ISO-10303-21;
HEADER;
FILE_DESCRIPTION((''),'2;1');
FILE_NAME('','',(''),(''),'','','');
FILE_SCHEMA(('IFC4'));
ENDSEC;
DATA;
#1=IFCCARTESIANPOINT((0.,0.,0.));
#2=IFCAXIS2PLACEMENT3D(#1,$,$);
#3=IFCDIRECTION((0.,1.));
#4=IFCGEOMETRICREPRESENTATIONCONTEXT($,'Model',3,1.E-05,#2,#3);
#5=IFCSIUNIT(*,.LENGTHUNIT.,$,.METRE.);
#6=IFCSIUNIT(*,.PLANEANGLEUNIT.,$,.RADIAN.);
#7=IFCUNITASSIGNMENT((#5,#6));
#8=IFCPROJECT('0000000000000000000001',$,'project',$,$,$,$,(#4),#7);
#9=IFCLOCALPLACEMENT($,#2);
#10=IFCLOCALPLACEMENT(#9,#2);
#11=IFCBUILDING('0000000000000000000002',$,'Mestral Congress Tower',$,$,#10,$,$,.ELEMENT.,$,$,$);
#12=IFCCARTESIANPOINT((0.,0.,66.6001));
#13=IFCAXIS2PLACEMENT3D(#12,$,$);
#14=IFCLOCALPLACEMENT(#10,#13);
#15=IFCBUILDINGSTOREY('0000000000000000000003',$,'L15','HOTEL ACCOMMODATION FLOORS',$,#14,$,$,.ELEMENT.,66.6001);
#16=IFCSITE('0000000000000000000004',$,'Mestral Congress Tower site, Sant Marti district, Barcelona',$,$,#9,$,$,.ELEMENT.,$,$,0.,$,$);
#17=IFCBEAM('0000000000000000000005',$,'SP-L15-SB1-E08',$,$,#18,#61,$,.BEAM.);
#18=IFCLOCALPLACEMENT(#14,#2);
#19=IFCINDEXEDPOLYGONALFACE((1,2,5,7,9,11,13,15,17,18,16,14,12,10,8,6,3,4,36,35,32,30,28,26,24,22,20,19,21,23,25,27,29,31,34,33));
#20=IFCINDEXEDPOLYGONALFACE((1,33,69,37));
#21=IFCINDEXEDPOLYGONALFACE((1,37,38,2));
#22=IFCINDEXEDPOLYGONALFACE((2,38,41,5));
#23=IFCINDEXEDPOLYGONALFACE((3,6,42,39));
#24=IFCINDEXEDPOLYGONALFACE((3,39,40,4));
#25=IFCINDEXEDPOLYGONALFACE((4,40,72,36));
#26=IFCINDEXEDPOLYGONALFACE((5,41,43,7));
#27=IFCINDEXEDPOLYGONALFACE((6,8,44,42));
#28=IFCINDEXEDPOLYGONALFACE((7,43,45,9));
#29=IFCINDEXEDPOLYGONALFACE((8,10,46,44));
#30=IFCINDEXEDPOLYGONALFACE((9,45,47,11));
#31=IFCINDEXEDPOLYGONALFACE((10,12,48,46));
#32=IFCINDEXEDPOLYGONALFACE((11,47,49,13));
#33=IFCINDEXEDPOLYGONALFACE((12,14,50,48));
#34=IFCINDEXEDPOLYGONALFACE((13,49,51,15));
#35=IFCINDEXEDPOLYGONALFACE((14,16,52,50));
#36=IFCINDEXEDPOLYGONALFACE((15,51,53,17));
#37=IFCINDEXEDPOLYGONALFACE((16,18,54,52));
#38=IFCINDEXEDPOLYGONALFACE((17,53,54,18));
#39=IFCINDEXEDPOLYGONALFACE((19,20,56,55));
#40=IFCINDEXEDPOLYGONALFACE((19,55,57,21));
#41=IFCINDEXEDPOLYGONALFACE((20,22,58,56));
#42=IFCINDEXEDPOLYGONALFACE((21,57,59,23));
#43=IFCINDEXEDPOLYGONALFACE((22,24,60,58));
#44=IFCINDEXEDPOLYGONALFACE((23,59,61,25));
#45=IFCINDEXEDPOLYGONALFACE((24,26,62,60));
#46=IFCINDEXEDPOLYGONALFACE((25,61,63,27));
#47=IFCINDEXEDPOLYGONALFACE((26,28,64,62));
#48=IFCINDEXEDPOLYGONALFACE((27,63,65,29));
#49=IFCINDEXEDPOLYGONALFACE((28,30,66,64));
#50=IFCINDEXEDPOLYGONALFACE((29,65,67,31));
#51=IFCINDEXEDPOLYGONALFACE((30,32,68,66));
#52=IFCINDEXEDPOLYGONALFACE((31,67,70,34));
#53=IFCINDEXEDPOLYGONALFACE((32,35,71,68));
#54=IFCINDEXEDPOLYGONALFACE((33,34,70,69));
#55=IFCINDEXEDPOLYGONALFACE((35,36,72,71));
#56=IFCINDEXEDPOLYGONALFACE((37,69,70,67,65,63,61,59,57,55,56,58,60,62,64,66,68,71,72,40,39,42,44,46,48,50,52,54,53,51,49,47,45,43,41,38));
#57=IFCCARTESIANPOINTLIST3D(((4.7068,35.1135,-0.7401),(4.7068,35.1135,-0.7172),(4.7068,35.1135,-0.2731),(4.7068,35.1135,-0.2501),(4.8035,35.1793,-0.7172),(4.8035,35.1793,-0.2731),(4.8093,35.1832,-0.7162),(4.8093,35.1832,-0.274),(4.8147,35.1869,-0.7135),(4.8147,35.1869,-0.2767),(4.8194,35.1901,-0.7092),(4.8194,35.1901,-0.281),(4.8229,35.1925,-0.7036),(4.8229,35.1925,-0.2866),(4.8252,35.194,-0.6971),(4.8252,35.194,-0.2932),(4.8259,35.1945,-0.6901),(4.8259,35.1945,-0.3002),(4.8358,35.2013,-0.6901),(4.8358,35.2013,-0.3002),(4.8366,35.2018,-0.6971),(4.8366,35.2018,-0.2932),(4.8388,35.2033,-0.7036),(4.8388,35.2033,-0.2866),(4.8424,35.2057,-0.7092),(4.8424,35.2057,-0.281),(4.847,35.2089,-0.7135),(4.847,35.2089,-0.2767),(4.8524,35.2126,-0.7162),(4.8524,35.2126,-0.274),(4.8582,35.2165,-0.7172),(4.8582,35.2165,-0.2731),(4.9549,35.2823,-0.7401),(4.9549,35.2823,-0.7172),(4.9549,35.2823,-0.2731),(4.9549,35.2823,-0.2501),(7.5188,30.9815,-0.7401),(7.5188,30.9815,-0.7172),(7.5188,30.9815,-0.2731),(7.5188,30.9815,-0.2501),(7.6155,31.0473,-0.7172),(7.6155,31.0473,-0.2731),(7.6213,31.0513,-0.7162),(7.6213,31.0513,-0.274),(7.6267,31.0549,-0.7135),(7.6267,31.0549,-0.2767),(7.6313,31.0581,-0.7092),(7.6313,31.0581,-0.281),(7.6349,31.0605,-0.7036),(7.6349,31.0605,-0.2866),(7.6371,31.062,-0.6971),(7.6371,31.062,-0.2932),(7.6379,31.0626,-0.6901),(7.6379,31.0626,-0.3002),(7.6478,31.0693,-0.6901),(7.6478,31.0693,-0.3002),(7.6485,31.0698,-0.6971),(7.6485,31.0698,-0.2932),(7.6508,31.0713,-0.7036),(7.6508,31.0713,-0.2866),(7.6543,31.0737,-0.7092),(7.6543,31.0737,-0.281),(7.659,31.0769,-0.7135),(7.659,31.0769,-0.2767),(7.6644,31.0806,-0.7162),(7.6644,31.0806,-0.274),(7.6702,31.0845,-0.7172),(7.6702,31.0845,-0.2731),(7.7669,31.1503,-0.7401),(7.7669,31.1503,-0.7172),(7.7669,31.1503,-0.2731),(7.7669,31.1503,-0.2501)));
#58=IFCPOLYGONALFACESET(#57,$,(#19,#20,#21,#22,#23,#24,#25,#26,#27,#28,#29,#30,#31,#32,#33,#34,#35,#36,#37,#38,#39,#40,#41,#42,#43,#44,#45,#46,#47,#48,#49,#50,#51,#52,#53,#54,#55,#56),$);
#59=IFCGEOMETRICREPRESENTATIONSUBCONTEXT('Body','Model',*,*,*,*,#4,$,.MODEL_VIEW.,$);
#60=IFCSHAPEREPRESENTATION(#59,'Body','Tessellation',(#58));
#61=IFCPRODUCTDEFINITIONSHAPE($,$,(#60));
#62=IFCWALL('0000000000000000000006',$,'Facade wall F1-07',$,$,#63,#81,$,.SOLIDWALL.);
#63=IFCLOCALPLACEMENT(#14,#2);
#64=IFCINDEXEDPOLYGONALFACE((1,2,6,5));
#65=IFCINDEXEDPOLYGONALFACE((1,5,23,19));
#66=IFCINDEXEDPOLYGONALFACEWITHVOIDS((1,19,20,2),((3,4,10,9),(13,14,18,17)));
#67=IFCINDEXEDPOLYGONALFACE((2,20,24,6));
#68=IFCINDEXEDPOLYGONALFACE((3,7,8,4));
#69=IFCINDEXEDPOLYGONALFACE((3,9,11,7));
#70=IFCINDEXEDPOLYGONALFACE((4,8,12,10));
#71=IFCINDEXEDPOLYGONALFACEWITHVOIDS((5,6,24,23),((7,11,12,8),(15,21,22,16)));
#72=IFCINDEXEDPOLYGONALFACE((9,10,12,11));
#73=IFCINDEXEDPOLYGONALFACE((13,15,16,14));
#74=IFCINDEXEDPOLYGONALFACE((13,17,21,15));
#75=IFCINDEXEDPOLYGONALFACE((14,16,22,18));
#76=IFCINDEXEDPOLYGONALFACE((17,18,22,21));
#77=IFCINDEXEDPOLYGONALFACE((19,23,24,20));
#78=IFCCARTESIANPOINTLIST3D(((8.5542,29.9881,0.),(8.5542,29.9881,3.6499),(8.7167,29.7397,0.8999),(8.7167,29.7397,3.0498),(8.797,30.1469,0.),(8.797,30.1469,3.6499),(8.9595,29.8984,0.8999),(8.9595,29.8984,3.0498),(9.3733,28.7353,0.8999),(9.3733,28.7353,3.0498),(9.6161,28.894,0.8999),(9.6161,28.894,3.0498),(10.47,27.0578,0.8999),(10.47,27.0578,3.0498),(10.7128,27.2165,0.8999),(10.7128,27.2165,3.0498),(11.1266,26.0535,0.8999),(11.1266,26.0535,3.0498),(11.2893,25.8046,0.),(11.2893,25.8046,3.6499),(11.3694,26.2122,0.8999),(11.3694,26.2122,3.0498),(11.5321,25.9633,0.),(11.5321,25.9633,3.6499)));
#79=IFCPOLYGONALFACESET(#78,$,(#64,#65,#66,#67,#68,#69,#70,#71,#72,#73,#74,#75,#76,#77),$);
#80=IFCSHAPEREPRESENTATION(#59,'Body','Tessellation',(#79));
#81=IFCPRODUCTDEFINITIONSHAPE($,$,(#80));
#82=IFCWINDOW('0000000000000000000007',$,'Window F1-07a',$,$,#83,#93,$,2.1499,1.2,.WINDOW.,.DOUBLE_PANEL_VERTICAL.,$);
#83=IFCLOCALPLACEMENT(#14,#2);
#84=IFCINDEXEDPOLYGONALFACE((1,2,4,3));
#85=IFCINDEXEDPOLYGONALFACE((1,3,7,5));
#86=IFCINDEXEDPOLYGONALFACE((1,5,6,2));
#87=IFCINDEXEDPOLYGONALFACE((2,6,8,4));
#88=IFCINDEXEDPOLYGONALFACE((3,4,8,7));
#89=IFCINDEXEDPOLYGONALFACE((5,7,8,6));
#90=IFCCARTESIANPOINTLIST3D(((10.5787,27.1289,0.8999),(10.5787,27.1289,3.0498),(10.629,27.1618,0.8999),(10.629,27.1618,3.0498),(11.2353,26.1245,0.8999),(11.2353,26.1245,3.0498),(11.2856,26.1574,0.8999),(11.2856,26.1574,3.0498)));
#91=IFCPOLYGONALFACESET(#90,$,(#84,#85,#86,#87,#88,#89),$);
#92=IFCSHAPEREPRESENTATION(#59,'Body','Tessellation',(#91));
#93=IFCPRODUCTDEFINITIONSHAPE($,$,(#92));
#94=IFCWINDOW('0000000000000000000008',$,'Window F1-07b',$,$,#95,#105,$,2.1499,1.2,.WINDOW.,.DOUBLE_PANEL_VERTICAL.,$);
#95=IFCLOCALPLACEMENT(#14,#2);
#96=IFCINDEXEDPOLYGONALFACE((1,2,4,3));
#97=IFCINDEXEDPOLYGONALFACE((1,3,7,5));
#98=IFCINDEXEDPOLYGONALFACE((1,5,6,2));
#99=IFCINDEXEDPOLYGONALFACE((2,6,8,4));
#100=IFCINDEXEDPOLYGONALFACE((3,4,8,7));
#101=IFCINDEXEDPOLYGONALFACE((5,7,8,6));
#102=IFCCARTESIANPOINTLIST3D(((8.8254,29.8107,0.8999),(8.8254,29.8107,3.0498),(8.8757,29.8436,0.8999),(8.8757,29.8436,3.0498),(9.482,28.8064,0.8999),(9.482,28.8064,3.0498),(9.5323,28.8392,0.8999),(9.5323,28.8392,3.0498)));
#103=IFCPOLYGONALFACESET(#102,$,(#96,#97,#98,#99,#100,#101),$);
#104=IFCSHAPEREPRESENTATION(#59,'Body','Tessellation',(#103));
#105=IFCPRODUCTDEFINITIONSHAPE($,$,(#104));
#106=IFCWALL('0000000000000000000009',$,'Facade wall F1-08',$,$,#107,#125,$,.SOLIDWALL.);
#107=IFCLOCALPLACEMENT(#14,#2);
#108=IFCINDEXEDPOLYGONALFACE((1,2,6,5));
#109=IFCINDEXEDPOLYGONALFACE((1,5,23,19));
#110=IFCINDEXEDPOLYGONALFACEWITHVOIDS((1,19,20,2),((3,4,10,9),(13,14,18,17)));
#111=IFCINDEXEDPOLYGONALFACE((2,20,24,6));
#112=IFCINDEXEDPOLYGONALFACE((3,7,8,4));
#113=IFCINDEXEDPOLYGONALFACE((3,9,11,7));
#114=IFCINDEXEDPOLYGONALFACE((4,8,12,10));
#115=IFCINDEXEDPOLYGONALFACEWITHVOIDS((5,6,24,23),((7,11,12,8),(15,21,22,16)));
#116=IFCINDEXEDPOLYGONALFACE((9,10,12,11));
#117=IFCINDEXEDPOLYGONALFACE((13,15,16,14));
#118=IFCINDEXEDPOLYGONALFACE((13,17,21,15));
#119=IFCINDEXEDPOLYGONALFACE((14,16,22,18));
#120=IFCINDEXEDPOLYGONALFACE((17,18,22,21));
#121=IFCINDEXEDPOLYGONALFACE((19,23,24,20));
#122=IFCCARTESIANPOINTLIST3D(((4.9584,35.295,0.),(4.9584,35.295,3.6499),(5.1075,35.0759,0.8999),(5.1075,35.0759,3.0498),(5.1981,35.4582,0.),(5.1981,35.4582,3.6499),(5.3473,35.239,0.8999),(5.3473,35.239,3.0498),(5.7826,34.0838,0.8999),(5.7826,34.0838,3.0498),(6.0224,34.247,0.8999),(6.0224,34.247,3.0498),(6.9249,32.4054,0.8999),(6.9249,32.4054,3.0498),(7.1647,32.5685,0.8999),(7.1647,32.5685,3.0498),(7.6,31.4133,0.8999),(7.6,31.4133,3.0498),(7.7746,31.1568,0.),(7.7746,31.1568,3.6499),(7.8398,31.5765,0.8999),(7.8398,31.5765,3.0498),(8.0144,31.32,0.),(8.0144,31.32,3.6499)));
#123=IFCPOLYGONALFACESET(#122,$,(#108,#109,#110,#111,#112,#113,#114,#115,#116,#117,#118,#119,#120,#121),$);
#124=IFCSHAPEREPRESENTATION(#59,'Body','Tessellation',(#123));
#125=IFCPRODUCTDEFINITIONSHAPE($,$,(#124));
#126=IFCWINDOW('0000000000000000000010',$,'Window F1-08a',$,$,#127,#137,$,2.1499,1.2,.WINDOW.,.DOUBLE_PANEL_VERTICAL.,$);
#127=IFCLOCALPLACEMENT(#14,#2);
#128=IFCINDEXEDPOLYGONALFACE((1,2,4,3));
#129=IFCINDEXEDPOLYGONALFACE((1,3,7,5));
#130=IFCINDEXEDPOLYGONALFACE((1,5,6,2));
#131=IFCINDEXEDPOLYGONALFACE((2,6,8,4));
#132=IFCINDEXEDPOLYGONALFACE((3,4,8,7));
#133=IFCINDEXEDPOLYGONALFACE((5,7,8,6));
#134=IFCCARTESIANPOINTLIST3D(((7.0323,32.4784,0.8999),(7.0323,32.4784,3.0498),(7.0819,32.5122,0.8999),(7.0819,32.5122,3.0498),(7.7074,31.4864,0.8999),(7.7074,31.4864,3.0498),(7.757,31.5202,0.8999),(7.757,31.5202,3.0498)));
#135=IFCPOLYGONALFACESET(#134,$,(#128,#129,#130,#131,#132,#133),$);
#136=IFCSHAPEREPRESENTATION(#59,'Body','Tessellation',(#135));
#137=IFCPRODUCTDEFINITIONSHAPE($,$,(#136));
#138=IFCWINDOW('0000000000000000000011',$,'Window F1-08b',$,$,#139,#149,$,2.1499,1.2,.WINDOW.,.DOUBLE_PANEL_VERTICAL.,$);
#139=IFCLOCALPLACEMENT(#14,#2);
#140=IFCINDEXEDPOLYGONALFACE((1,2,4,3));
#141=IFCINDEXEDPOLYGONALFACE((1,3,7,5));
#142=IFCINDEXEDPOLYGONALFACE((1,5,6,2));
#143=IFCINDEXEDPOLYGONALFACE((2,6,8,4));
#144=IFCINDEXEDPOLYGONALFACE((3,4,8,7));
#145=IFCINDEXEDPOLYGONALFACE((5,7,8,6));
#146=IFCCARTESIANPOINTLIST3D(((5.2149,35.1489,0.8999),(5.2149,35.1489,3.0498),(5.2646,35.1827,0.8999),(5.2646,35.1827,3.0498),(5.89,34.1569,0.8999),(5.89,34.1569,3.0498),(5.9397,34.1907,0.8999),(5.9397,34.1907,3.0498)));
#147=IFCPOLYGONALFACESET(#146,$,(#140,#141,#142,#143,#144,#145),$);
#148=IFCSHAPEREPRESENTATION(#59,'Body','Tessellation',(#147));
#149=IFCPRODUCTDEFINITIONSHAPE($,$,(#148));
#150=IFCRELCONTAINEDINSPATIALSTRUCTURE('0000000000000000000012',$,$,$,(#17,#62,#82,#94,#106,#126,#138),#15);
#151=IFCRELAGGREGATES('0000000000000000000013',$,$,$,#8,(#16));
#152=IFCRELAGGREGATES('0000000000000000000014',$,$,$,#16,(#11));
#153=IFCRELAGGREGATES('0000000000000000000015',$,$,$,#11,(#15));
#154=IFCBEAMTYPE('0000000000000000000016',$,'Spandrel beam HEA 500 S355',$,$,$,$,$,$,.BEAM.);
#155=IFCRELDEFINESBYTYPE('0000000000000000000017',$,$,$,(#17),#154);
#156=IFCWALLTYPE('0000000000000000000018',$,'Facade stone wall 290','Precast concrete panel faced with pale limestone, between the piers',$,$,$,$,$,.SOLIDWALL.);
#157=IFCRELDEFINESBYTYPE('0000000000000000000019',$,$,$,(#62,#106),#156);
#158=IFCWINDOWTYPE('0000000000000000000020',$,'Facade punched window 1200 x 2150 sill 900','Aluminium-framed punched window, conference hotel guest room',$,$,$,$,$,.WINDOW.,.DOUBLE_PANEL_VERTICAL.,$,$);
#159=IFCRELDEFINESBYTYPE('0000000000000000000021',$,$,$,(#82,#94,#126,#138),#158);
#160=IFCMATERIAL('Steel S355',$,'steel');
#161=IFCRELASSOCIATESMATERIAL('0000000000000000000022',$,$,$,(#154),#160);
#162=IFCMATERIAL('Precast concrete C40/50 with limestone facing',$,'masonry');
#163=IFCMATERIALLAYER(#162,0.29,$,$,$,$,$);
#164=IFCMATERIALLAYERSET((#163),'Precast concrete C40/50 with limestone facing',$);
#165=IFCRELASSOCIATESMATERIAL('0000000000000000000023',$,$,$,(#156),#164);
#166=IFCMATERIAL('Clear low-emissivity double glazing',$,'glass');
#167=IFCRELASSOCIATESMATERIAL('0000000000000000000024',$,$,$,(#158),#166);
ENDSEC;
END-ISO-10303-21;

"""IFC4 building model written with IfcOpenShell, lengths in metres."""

from ifc_helpers import new_model, si_unit, direction, frame, frame_2d, origin, origin_2d, place, context, subcontext, project, spatial, rectangle, i_section, extrude, material, layer, layer_set, material_profile, profile_set, type_object, element, fill, save


model = new_model("IFC4")

# Units and contexts
model_context = context("Model", 3, precision=1e-05, world=origin(), true_north=direction((0.0, 1.0)))
body_context = subcontext(model_context, "Body", "Model", "MODEL_VIEW")
ifc_project = project(units=[si_unit("LENGTHUNIT", "METRE"), si_unit("PLANEANGLEUNIT", "RADIAN")], contexts=[model_context])

# Site, building, storey
site_placement = place(None, origin())
site = spatial("IfcSite", under=ifc_project, at=site_placement, Name="Mestral Congress Tower site, Sant Marti district, Barcelona", CompositionType="ELEMENT", RefElevation=0.0)
building_placement = place(site_placement, origin())
building = spatial("IfcBuilding", under=site, at=building_placement, Name="Mestral Congress Tower", CompositionType="ELEMENT")
storey_placement = place(building_placement, frame((0.0, 0.0, 66.6001)))
storey = spatial("IfcBuildingStorey", under=building, at=storey_placement, Name="L15", Description="HOTEL ACCOMMODATION FLOORS", CompositionType="ELEMENT", Elevation=66.6001)

# Beam
ifc_material_1 = material(Name="Steel S355", Category="steel")
ifc_material_profile_1 = material_profile(ifc_material_1, i_section(OverallWidth=0.3, OverallDepth=0.49, WebThickness=0.012, FlangeThickness=0.0229, FilletRadius=0.0271, at=origin_2d()), Name="HEA 500")
ifc_profile_set_1 = profile_set([ifc_material_profile_1], Name="Steel S355")
beam_type_1 = type_object("IfcBeamType", Name="Spandrel beam HEA 500 S355", PredefinedType="BEAM", material=ifc_profile_set_1)
beam_1_placement = place(storey_placement, frame((7.6428, 31.0659, -0.4951), z_axis=(-0.562611, 0.826722, 0.0), x_axis=(-0.826722, -0.562611, 0.0)))
element("IfcBeam", 1, at=beam_1_placement, inside=storey, type_object=beam_type_1, Name="SP-L15-SB1-E08", PredefinedType="BEAM", context=body_context, shape_type="SweptSolid", body=[
    extrude(i_section(OverallWidth=0.3, OverallDepth=0.49, WebThickness=0.012, FlangeThickness=0.0229, FilletRadius=0.0271, at=origin_2d()), origin(), (0.0, 0.0, 1.0), 4.998),
])

# Walls, openings, windows
ifc_material_2 = material(Name="Precast concrete C40/50 with limestone facing", Category="masonry")
ifc_layer_1 = layer(ifc_material_2, 0.29)
ifc_layer_set_1 = layer_set([ifc_layer_1], Name="Precast concrete C40/50 with limestone facing")
wall_type_1 = type_object("IfcWallType", Name="Facade stone wall 290", Description="Precast concrete panel faced with pale limestone, between the piers", PredefinedType="SOLIDWALL", material=ifc_layer_set_1)
wall_1_placement = place(storey_placement, frame((11.4106, 25.884, 0.0), z_axis=(0.0, 0.0, 1.0), x_axis=(-0.547205, 0.836999, 0.0)))
wall_1 = element("IfcWall", 2, at=wall_1_placement, inside=storey, type_object=wall_type_1, Name="Facade wall F1-07", PredefinedType="SOLIDWALL", context=body_context, shape_type="SweptSolid", body=[
    extrude(rectangle(XDim=4.9983, YDim=0.29, at=frame_2d((2.499, 0.0))), origin(), (0.0, 0.0, 1.0), 3.6499),
])
opening_1_placement = place(wall_1_placement, frame((0.2971, 0.0, 0.8999)))
opening_1 = element("IfcOpeningElement", 3, at=opening_1_placement, cuts=wall_1, PredefinedType="OPENING", context=body_context, shape_type="SweptSolid", body=[
    extrude(rectangle(XDim=1.2, YDim=2.1499, at=frame_2d((0.6001, 1.075))), frame((0.0, 0.155, 0.0), z_axis=(0.0, -1.0, 0.0), x_axis=(1.0, 0.0, 0.0)), (0.0, 0.0, 1.0), 0.3101),
])
opening_2_placement = place(wall_1_placement, frame((3.5012, 0.0, 0.8999)))
opening_2 = element("IfcOpeningElement", 4, at=opening_2_placement, cuts=wall_1, PredefinedType="OPENING", context=body_context, shape_type="SweptSolid", body=[
    extrude(rectangle(XDim=1.2, YDim=2.1499, at=frame_2d((0.6001, 1.075))), frame((0.0, 0.155, 0.0), z_axis=(0.0, -1.0, 0.0), x_axis=(1.0, 0.0, 0.0)), (0.0, 0.0, 1.0), 0.3101),
])
ifc_material_3 = material(Name="Clear low-emissivity double glazing", Category="glass")
window_type = type_object("IfcWindowType", Name="Facade punched window 1200 x 2150 sill 900", Description="Aluminium-framed punched window, conference hotel guest room", PartitioningType="DOUBLE_PANEL_VERTICAL", PredefinedType="WINDOW", material=ifc_material_3)
window_1_placement = place(opening_1_placement, origin())
window_1 = element("IfcWindow", 5, at=window_1_placement, inside=storey, type_object=window_type, Name="Window F1-07a", OverallHeight=2.1499, OverallWidth=1.2, PartitioningType="DOUBLE_PANEL_VERTICAL", PredefinedType="WINDOW", context=body_context, shape_type="SweptSolid", body=[
    extrude(rectangle(XDim=1.2, YDim=2.1499, at=frame_2d((0.6001, 1.075))), frame((0.0, 0.0151, 0.0), z_axis=(0.0, -1.0, 0.0), x_axis=(1.0, 0.0, 0.0)), (0.0, 0.0, 1.0), 0.0601),
])
fill(opening_1, window_1)
window_2_placement = place(opening_2_placement, origin())
window_2 = element("IfcWindow", 6, at=window_2_placement, inside=storey, type_object=window_type, Name="Window F1-07b", OverallHeight=2.1499, OverallWidth=1.2, PartitioningType="DOUBLE_PANEL_VERTICAL", PredefinedType="WINDOW", context=body_context, shape_type="SweptSolid", body=[
    extrude(rectangle(XDim=1.2, YDim=2.1499, at=frame_2d((0.6001, 1.075))), frame((0.0, 0.0151, 0.0), z_axis=(0.0, -1.0, 0.0), x_axis=(1.0, 0.0, 0.0)), (0.0, 0.0, 1.0), 0.0601),
])
fill(opening_2, window_2)
wall_2_placement = place(storey_placement, frame((7.8945, 31.2383, 0.0), z_axis=(0.0, 0.0, 1.0), x_axis=(-0.56261, 0.826722, 0.0)))
wall_2 = element("IfcWall", 7, at=wall_2_placement, inside=storey, type_object=wall_type_1, Name="Facade wall F1-08", PredefinedType="SOLIDWALL", context=body_context, shape_type="SweptSolid", body=[
    extrude(rectangle(XDim=5.0056, YDim=0.29, at=frame_2d((2.5029, 0.0))), origin(), (0.0, 0.0, 1.0), 3.6499),
])
opening_3_placement = place(wall_2_placement, frame((0.3103, 0.0, 0.8999)))
opening_3 = element("IfcOpeningElement", 8, at=opening_3_placement, cuts=wall_2, PredefinedType="OPENING", context=body_context, shape_type="SweptSolid", body=[
    extrude(rectangle(XDim=1.2, YDim=2.1499, at=frame_2d((0.6001, 1.075))), frame((0.0, 0.155, 0.0), z_axis=(0.0, -1.0, 0.0), x_axis=(1.0, 0.0, 0.0)), (0.0, 0.0, 1.0), 0.3101),
])
opening_4_placement = place(wall_2_placement, frame((3.5405, 0.0, 0.8999)))
opening_4 = element("IfcOpeningElement", 9, at=opening_4_placement, cuts=wall_2, PredefinedType="OPENING", context=body_context, shape_type="SweptSolid", body=[
    extrude(rectangle(XDim=1.2, YDim=2.1499, at=frame_2d((0.6001, 1.075))), frame((0.0, 0.155, 0.0), z_axis=(0.0, -1.0, 0.0), x_axis=(1.0, 0.0, 0.0)), (0.0, 0.0, 1.0), 0.3101),
])
window_3_placement = place(opening_3_placement, origin())
window_3 = element("IfcWindow", 10, at=window_3_placement, inside=storey, type_object=window_type, Name="Window F1-08a", OverallHeight=2.1499, OverallWidth=1.2, PartitioningType="DOUBLE_PANEL_VERTICAL", PredefinedType="WINDOW", context=body_context, shape_type="SweptSolid", body=[
    extrude(rectangle(XDim=1.2, YDim=2.1499, at=frame_2d((0.6001, 1.075))), frame((0.0, 0.0151, 0.0), z_axis=(0.0, -1.0, 0.0), x_axis=(1.0, 0.0, 0.0)), (0.0, 0.0, 1.0), 0.0601),
])
fill(opening_3, window_3)
window_4_placement = place(opening_4_placement, origin())
window_4 = element("IfcWindow", 11, at=window_4_placement, inside=storey, type_object=window_type, Name="Window F1-08b", OverallHeight=2.1499, OverallWidth=1.2, PartitioningType="DOUBLE_PANEL_VERTICAL", PredefinedType="WINDOW", context=body_context, shape_type="SweptSolid", body=[
    extrude(rectangle(XDim=1.2, YDim=2.1499, at=frame_2d((0.6001, 1.075))), frame((0.0, 0.0151, 0.0), z_axis=(0.0, -1.0, 0.0), x_axis=(1.0, 0.0, 0.0)), (0.0, 0.0, 1.0), 0.0601),
])
fill(opening_4, window_4)

save(model, "model.ifc")
